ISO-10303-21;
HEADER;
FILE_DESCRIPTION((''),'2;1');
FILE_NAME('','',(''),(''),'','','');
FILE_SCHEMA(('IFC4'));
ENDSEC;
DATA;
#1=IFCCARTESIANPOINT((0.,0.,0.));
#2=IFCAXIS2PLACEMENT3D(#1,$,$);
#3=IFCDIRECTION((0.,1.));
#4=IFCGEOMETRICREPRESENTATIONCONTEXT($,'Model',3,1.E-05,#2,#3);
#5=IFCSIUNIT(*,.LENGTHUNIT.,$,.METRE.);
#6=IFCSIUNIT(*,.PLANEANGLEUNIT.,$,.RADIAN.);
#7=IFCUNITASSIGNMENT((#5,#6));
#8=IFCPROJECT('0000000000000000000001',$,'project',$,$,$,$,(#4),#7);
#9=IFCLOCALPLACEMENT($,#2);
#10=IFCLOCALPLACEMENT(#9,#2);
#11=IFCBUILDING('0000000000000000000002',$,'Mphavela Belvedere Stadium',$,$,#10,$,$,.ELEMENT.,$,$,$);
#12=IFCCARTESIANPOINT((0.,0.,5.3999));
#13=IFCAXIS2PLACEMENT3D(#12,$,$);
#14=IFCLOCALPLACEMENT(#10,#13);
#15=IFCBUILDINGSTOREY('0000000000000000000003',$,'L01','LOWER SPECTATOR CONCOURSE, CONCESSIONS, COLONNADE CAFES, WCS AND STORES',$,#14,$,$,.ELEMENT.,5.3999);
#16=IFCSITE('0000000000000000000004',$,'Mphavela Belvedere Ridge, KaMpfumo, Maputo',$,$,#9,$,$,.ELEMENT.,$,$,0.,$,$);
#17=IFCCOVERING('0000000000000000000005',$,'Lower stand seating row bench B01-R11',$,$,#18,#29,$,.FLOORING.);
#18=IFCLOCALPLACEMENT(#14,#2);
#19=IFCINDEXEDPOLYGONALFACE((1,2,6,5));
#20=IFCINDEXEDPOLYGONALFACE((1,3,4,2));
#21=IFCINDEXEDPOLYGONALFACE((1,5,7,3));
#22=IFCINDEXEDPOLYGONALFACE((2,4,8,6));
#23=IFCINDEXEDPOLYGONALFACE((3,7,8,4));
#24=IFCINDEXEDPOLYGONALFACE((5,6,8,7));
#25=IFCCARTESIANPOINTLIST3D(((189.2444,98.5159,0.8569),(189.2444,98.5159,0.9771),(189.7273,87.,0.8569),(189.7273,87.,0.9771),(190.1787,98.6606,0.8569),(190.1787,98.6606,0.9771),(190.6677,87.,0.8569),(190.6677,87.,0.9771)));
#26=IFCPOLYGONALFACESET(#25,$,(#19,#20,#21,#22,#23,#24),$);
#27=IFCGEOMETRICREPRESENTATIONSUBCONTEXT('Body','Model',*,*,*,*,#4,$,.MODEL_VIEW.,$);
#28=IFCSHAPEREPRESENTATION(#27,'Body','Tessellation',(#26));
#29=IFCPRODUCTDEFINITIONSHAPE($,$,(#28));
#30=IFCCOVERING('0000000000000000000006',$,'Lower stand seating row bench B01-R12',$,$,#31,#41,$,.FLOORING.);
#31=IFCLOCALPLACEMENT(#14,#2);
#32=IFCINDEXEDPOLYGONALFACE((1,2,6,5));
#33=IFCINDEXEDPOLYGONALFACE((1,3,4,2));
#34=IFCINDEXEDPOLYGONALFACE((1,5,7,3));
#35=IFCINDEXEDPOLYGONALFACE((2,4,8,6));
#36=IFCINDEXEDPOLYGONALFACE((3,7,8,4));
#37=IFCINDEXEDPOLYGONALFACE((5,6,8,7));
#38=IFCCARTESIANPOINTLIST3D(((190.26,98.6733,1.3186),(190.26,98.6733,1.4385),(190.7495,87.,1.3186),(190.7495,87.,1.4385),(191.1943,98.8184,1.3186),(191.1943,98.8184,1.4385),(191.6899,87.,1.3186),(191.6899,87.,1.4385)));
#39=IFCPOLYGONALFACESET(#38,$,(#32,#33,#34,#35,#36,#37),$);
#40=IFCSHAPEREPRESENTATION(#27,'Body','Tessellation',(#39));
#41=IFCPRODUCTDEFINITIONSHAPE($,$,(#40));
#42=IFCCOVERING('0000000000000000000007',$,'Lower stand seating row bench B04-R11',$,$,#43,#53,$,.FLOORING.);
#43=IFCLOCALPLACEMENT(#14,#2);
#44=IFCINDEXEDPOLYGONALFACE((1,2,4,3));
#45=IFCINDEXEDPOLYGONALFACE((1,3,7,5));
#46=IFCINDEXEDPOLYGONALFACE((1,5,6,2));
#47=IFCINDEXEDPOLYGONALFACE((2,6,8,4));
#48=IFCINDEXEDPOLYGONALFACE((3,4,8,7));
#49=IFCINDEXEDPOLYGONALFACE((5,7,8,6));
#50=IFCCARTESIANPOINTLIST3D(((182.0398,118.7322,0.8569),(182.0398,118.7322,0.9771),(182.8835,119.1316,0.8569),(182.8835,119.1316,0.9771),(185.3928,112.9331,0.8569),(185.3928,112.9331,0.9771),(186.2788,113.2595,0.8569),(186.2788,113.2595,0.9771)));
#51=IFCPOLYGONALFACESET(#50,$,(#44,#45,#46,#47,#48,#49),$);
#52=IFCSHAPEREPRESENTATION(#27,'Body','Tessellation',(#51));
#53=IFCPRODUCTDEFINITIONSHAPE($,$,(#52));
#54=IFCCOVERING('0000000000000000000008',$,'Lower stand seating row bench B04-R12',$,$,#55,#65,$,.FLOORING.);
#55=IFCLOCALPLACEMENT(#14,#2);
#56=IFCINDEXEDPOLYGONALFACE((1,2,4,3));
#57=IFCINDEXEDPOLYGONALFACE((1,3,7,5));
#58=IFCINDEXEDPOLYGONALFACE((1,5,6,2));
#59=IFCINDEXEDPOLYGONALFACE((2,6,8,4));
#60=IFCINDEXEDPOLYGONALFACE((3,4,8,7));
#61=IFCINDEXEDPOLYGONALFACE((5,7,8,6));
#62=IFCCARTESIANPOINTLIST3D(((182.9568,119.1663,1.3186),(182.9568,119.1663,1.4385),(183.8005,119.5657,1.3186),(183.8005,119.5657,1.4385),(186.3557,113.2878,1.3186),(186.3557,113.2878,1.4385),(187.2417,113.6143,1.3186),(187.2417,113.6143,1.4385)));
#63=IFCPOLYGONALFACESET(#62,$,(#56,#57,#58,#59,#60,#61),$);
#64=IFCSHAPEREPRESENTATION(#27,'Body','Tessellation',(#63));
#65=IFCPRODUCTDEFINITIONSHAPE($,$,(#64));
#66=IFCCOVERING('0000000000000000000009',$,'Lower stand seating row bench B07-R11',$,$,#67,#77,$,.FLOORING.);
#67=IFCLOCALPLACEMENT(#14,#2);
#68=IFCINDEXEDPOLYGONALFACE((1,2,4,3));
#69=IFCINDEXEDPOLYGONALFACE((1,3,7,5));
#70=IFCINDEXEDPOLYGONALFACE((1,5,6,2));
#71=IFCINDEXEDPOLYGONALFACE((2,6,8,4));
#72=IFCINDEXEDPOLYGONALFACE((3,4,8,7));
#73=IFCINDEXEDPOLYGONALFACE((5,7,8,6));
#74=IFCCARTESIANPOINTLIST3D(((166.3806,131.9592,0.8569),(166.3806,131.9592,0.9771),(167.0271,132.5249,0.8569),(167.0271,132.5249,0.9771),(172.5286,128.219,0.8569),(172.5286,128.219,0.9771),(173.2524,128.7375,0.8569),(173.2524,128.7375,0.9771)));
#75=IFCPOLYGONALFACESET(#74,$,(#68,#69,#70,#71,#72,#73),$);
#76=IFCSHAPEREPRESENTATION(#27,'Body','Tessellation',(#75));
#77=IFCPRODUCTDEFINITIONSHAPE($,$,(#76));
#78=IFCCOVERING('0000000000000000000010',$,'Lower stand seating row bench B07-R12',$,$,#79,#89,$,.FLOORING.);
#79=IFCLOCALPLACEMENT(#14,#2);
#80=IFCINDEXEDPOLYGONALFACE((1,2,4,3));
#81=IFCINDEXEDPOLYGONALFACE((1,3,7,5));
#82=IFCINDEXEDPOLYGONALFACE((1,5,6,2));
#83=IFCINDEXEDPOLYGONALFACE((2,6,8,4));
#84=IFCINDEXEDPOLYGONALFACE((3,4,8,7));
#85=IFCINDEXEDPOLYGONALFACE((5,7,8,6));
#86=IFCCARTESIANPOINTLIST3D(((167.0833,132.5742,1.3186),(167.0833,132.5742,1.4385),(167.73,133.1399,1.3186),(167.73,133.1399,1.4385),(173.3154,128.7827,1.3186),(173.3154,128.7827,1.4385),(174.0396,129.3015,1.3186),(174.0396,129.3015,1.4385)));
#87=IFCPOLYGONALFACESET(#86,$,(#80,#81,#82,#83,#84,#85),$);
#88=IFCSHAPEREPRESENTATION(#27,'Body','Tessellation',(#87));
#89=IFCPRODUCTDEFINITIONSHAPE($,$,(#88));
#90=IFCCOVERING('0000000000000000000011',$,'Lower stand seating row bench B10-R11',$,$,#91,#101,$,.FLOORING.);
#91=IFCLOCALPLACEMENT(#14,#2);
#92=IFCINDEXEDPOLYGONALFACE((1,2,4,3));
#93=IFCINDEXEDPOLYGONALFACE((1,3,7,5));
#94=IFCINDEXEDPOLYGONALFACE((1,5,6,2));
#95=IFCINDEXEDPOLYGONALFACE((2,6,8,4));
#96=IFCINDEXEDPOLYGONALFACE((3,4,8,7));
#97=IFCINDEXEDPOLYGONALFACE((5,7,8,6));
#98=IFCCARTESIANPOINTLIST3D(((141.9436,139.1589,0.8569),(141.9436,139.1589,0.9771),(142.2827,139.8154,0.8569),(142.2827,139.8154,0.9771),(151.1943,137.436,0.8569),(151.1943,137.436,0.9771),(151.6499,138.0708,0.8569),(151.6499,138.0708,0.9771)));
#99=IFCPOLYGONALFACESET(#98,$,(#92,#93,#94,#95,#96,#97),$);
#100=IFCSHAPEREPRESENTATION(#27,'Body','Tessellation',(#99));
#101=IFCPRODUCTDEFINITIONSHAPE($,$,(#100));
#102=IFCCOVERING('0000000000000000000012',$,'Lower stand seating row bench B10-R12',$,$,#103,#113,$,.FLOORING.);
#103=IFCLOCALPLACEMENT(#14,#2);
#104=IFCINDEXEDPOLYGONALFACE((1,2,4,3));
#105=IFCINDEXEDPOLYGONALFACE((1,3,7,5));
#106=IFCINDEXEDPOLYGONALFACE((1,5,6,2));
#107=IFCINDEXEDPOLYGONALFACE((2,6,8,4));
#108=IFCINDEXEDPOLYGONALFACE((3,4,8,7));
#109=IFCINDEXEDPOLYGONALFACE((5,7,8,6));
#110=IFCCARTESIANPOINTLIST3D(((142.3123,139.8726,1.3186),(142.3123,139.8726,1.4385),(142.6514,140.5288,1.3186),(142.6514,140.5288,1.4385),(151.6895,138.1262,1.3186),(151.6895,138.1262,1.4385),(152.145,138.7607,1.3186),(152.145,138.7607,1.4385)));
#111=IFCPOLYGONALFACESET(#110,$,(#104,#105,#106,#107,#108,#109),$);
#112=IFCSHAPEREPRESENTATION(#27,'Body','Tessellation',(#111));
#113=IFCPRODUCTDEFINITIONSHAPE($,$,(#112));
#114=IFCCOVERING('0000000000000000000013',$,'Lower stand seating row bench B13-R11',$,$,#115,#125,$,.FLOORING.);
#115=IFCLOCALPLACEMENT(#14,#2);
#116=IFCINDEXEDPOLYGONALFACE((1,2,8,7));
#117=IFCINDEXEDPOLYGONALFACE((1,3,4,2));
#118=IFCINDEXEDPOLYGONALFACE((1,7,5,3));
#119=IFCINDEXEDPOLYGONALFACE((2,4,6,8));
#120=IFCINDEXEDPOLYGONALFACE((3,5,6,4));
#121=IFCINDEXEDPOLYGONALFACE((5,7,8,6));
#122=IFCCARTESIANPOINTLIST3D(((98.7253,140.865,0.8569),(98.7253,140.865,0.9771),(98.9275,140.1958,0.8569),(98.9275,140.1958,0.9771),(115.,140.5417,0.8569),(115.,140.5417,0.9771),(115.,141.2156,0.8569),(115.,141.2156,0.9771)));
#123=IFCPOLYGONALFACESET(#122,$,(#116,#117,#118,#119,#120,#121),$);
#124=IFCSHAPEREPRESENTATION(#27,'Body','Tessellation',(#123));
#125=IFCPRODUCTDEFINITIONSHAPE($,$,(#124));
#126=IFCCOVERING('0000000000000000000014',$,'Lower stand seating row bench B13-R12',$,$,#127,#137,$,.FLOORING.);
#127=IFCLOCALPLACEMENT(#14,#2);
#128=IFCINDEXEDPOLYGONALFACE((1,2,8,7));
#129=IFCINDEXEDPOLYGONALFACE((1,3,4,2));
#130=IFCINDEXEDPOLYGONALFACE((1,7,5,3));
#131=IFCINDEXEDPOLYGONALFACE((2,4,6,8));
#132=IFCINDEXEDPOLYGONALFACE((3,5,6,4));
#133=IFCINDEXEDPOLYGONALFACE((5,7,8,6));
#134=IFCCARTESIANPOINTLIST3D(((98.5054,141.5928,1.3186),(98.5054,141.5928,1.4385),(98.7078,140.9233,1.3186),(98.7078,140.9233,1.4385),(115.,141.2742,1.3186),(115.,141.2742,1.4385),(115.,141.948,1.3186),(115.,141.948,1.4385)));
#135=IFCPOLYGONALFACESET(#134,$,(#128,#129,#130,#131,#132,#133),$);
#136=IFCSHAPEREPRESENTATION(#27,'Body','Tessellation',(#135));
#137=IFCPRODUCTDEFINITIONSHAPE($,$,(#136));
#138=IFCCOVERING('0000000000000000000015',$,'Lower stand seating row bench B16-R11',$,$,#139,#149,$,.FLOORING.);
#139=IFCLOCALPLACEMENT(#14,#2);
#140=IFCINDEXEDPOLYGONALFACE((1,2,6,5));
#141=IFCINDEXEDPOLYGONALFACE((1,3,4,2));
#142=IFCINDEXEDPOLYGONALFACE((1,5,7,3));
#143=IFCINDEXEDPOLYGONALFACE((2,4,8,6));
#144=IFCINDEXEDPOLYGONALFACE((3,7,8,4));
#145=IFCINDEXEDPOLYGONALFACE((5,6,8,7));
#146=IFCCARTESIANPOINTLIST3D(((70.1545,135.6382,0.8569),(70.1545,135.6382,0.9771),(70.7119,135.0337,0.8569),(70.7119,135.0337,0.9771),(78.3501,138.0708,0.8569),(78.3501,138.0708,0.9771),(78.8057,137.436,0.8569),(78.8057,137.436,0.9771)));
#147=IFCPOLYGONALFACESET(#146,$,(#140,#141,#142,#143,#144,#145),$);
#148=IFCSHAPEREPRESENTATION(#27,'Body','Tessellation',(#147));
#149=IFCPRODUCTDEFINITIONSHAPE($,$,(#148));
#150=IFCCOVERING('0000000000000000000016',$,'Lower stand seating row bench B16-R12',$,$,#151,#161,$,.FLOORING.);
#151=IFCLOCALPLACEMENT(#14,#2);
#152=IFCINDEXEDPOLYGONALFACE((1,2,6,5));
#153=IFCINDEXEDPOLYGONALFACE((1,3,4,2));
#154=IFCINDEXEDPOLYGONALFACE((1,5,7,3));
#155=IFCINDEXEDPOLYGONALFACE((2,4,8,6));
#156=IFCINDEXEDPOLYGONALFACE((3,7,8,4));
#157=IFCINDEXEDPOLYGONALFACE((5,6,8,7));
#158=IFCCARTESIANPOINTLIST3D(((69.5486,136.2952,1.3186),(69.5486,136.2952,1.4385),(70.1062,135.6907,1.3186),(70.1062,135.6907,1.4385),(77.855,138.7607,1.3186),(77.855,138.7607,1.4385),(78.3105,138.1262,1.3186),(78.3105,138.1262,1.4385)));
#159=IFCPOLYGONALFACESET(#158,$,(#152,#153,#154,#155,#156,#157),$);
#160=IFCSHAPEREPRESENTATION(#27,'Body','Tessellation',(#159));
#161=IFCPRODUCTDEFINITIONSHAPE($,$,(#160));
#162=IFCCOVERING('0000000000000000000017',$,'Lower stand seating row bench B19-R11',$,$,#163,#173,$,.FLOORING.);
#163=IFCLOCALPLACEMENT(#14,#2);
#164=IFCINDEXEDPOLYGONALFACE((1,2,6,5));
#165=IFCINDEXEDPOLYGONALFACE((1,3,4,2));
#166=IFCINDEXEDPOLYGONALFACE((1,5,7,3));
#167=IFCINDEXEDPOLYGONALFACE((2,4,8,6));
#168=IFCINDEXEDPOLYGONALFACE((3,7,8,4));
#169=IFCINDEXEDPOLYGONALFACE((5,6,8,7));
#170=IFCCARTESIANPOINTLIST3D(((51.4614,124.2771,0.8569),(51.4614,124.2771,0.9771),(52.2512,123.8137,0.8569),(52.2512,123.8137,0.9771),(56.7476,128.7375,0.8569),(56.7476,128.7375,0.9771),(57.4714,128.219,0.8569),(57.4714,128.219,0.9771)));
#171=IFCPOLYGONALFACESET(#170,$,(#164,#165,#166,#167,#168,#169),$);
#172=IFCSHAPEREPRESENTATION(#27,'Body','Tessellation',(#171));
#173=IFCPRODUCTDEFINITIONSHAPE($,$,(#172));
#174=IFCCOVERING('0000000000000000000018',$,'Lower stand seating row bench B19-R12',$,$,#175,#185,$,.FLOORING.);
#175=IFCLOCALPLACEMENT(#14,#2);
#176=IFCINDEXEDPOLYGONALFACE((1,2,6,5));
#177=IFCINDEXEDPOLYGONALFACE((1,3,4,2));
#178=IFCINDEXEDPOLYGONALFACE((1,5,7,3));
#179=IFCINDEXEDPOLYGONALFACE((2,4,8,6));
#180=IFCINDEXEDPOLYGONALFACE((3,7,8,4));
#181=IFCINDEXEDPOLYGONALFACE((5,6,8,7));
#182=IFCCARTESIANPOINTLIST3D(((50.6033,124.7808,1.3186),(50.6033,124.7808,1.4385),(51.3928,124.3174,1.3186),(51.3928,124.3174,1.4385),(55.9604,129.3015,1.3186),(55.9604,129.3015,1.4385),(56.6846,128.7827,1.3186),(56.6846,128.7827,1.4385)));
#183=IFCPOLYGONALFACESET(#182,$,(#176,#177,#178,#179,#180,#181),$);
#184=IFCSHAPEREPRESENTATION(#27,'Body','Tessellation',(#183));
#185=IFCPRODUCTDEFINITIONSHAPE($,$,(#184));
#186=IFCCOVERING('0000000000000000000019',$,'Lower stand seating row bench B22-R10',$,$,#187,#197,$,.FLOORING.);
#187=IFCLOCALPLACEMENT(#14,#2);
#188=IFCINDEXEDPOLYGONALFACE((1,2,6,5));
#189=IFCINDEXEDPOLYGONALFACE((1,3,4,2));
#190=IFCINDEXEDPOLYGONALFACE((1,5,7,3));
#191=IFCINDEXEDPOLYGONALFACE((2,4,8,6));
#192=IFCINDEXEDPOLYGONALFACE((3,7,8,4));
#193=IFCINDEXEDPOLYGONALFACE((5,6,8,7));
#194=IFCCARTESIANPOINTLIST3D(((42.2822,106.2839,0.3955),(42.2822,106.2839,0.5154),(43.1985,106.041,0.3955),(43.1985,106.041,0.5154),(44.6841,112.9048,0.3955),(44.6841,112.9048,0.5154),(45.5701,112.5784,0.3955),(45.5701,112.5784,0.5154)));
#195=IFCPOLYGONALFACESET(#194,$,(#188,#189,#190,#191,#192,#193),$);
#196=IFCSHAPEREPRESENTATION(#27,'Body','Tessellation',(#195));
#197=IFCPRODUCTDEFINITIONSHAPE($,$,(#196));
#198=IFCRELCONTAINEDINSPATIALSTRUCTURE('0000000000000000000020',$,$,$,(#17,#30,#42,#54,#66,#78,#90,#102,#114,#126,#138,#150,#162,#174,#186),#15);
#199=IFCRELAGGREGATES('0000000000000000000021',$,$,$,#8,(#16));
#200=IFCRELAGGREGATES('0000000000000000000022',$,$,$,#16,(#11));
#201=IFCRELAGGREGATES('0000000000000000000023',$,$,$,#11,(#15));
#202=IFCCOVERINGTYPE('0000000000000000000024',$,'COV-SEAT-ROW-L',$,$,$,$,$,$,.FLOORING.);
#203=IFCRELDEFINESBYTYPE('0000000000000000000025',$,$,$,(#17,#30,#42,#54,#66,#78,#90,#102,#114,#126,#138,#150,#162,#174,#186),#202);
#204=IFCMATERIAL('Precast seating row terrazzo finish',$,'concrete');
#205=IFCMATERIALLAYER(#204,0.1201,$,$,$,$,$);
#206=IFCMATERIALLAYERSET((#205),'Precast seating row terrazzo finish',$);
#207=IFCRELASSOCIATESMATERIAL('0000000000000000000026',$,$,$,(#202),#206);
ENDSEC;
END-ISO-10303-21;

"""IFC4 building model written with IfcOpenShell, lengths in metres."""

from ifc_helpers import new_model, si_unit, direction, frame, origin, place, context, subcontext, project, spatial, polyline, outline, extrude, material, layer, layer_set, type_object, element, save


model = new_model("IFC4")

# Units and contexts
model_context = context("Model", 3, precision=1e-05, world=origin(), true_north=direction((0.0, 1.0)))
body_context = subcontext(model_context, "Body", "Model", "MODEL_VIEW")
ifc_project = project(units=[si_unit("LENGTHUNIT", "METRE"), si_unit("PLANEANGLEUNIT", "RADIAN")], contexts=[model_context])

# Site, building, storey
site_placement = place(None, origin())
site = spatial("IfcSite", under=ifc_project, at=site_placement, Name="Mphavela Belvedere Ridge, KaMpfumo, Maputo", CompositionType="ELEMENT", RefElevation=0.0)
building_placement = place(site_placement, origin())
building = spatial("IfcBuilding", under=site, at=building_placement, Name="Mphavela Belvedere Stadium", CompositionType="ELEMENT")
storey_placement = place(building_placement, frame((0.0, 0.0, 5.3999)))
storey = spatial("IfcBuildingStorey", under=building, at=storey_placement, Name="L01", Description="LOWER SPECTATOR CONCOURSE, CONCESSIONS, COLONNADE CAFES, WCS AND STORES", CompositionType="ELEMENT", Elevation=5.3999)

# Coverings
ifc_material = material(Name="Precast seating row terrazzo finish", Category="concrete")
ifc_layer = layer(ifc_material, 0.1201)
ifc_layer_set = layer_set([ifc_layer], Name="Precast seating row terrazzo finish")
covering_type = type_object("IfcCoveringType", Name="COV-SEAT-ROW-L", PredefinedType="FLOORING", material=ifc_layer_set)
covering_1_placement = place(storey_placement, frame((0.0, 0.0, 0.8569)))
element("IfcCovering", 1, at=covering_1_placement, inside=storey, type_object=covering_type, Name="Lower stand seating row bench B01-R11", PredefinedType="FLOORING", context=body_context, shape_type="SweptSolid", body=[
    extrude(outline(polyline([(189.7273, 87.0), (189.2444, 98.5159), (190.1787, 98.6606), (190.6677, 87.0), (189.7273, 87.0)])), origin(), (0.0, 0.0, 1.0), 0.1201),
])
covering_2_placement = place(storey_placement, frame((0.0, 0.0, 1.3186)))
element("IfcCovering", 2, at=covering_2_placement, inside=storey, type_object=covering_type, Name="Lower stand seating row bench B01-R12", PredefinedType="FLOORING", context=body_context, shape_type="SweptSolid", body=[
    extrude(outline(polyline([(190.7495, 87.0), (190.26, 98.6733), (191.1943, 98.8184), (191.6899, 87.0), (190.7495, 87.0)])), origin(), (0.0, 0.0, 1.0), 0.1199),
])
covering_3_placement = place(storey_placement, frame((0.0, 0.0, 0.8569)))
element("IfcCovering", 3, at=covering_3_placement, inside=storey, type_object=covering_type, Name="Lower stand seating row bench B04-R11", PredefinedType="FLOORING", context=body_context, shape_type="SweptSolid", body=[
    extrude(outline(polyline([(185.3928, 112.9331), (182.0398, 118.7322), (182.8835, 119.1316), (186.2788, 113.2595), (185.3928, 112.9331)])), origin(), (0.0, 0.0, 1.0), 0.1201),
])
covering_4_placement = place(storey_placement, frame((0.0, 0.0, 1.3186)))
element("IfcCovering", 4, at=covering_4_placement, inside=storey, type_object=covering_type, Name="Lower stand seating row bench B04-R12", PredefinedType="FLOORING", context=body_context, shape_type="SweptSolid", body=[
    extrude(outline(polyline([(186.3557, 113.2878), (182.9568, 119.1663), (183.8005, 119.5657), (187.2417, 113.6143), (186.3557, 113.2878)])), origin(), (0.0, 0.0, 1.0), 0.1199),
])
covering_5_placement = place(storey_placement, frame((0.0, 0.0, 0.8569)))
element("IfcCovering", 5, at=covering_5_placement, inside=storey, type_object=covering_type, Name="Lower stand seating row bench B07-R11", PredefinedType="FLOORING", context=body_context, shape_type="SweptSolid", body=[
    extrude(outline(polyline([(172.5286, 128.219), (166.3806, 131.9592), (167.0271, 132.5249), (173.2524, 128.7375), (172.5286, 128.219)])), origin(), (0.0, 0.0, 1.0), 0.1201),
])
covering_6_placement = place(storey_placement, frame((0.0, 0.0, 1.3186)))
element("IfcCovering", 6, at=covering_6_placement, inside=storey, type_object=covering_type, Name="Lower stand seating row bench B07-R12", PredefinedType="FLOORING", context=body_context, shape_type="SweptSolid", body=[
    extrude(outline(polyline([(173.3154, 128.7827), (167.0833, 132.5742), (167.73, 133.1399), (174.0396, 129.3015), (173.3154, 128.7827)])), origin(), (0.0, 0.0, 1.0), 0.1199),
])
covering_7_placement = place(storey_placement, frame((0.0, 0.0, 0.8569)))
element("IfcCovering", 7, at=covering_7_placement, inside=storey, type_object=covering_type, Name="Lower stand seating row bench B10-R11", PredefinedType="FLOORING", context=body_context, shape_type="SweptSolid", body=[
    extrude(outline(polyline([(151.1943, 137.436), (141.9436, 139.1589), (142.2827, 139.8154), (151.6499, 138.0708), (151.1943, 137.436)])), origin(), (0.0, 0.0, 1.0), 0.1201),
])
covering_8_placement = place(storey_placement, frame((0.0, 0.0, 1.3186)))
element("IfcCovering", 8, at=covering_8_placement, inside=storey, type_object=covering_type, Name="Lower stand seating row bench B10-R12", PredefinedType="FLOORING", context=body_context, shape_type="SweptSolid", body=[
    extrude(outline(polyline([(151.6895, 138.1262), (142.3123, 139.8726), (142.6514, 140.5288), (152.145, 138.7607), (151.6895, 138.1262)])), origin(), (0.0, 0.0, 1.0), 0.1199),
])
covering_9_placement = place(storey_placement, frame((0.0, 0.0, 0.8569)))
element("IfcCovering", 9, at=covering_9_placement, inside=storey, type_object=covering_type, Name="Lower stand seating row bench B13-R11", PredefinedType="FLOORING", context=body_context, shape_type="SweptSolid", body=[
    extrude(outline(polyline([(115.0, 140.5417), (98.9275, 140.1958), (98.7253, 140.865), (115.0, 141.2156), (115.0, 140.5417)])), origin(), (0.0, 0.0, 1.0), 0.1201),
])
covering_10_placement = place(storey_placement, frame((0.0, 0.0, 1.3186)))
element("IfcCovering", 10, at=covering_10_placement, inside=storey, type_object=covering_type, Name="Lower stand seating row bench B13-R12", PredefinedType="FLOORING", context=body_context, shape_type="SweptSolid", body=[
    extrude(outline(polyline([(115.0, 141.2742), (98.7078, 140.9233), (98.5054, 141.5928), (115.0, 141.948), (115.0, 141.2742)])), origin(), (0.0, 0.0, 1.0), 0.1199),
])
covering_11_placement = place(storey_placement, frame((0.0, 0.0, 0.8569)))
element("IfcCovering", 11, at=covering_11_placement, inside=storey, type_object=covering_type, Name="Lower stand seating row bench B16-R11", PredefinedType="FLOORING", context=body_context, shape_type="SweptSolid", body=[
    extrude(outline(polyline([(78.8057, 137.436), (70.7119, 135.0337), (70.1545, 135.6382), (78.3501, 138.0708), (78.8057, 137.436)])), origin(), (0.0, 0.0, 1.0), 0.1201),
])
covering_12_placement = place(storey_placement, frame((0.0, 0.0, 1.3186)))
element("IfcCovering", 12, at=covering_12_placement, inside=storey, type_object=covering_type, Name="Lower stand seating row bench B16-R12", PredefinedType="FLOORING", context=body_context, shape_type="SweptSolid", body=[
    extrude(outline(polyline([(78.3105, 138.1262), (70.1062, 135.6907), (69.5486, 136.2952), (77.855, 138.7607), (78.3105, 138.1262)])), origin(), (0.0, 0.0, 1.0), 0.1199),
])
covering_13_placement = place(storey_placement, frame((0.0, 0.0, 0.8569)))
element("IfcCovering", 13, at=covering_13_placement, inside=storey, type_object=covering_type, Name="Lower stand seating row bench B19-R11", PredefinedType="FLOORING", context=body_context, shape_type="SweptSolid", body=[
    extrude(outline(polyline([(57.4714, 128.219), (52.2512, 123.8137), (51.4614, 124.2771), (56.7476, 128.7375), (57.4714, 128.219)])), origin(), (0.0, 0.0, 1.0), 0.1201),
])
covering_14_placement = place(storey_placement, frame((0.0, 0.0, 1.3186)))
element("IfcCovering", 14, at=covering_14_placement, inside=storey, type_object=covering_type, Name="Lower stand seating row bench B19-R12", PredefinedType="FLOORING", context=body_context, shape_type="SweptSolid", body=[
    extrude(outline(polyline([(56.6846, 128.7827), (51.3928, 124.3174), (50.6033, 124.7808), (55.9604, 129.3015), (56.6846, 128.7827)])), origin(), (0.0, 0.0, 1.0), 0.1199),
])
covering_15_placement = place(storey_placement, frame((0.0, 0.0, 0.3955)))
element("IfcCovering", 15, at=covering_15_placement, inside=storey, type_object=covering_type, Name="Lower stand seating row bench B22-R10", PredefinedType="FLOORING", context=body_context, shape_type="SweptSolid", body=[
    extrude(outline(polyline([(45.5701, 112.5784), (43.1985, 106.041), (42.2822, 106.2839), (44.6841, 112.9048), (45.5701, 112.5784)])), origin(), (0.0, 0.0, 1.0), 0.1199),
])

save(model, "model.ifc")
